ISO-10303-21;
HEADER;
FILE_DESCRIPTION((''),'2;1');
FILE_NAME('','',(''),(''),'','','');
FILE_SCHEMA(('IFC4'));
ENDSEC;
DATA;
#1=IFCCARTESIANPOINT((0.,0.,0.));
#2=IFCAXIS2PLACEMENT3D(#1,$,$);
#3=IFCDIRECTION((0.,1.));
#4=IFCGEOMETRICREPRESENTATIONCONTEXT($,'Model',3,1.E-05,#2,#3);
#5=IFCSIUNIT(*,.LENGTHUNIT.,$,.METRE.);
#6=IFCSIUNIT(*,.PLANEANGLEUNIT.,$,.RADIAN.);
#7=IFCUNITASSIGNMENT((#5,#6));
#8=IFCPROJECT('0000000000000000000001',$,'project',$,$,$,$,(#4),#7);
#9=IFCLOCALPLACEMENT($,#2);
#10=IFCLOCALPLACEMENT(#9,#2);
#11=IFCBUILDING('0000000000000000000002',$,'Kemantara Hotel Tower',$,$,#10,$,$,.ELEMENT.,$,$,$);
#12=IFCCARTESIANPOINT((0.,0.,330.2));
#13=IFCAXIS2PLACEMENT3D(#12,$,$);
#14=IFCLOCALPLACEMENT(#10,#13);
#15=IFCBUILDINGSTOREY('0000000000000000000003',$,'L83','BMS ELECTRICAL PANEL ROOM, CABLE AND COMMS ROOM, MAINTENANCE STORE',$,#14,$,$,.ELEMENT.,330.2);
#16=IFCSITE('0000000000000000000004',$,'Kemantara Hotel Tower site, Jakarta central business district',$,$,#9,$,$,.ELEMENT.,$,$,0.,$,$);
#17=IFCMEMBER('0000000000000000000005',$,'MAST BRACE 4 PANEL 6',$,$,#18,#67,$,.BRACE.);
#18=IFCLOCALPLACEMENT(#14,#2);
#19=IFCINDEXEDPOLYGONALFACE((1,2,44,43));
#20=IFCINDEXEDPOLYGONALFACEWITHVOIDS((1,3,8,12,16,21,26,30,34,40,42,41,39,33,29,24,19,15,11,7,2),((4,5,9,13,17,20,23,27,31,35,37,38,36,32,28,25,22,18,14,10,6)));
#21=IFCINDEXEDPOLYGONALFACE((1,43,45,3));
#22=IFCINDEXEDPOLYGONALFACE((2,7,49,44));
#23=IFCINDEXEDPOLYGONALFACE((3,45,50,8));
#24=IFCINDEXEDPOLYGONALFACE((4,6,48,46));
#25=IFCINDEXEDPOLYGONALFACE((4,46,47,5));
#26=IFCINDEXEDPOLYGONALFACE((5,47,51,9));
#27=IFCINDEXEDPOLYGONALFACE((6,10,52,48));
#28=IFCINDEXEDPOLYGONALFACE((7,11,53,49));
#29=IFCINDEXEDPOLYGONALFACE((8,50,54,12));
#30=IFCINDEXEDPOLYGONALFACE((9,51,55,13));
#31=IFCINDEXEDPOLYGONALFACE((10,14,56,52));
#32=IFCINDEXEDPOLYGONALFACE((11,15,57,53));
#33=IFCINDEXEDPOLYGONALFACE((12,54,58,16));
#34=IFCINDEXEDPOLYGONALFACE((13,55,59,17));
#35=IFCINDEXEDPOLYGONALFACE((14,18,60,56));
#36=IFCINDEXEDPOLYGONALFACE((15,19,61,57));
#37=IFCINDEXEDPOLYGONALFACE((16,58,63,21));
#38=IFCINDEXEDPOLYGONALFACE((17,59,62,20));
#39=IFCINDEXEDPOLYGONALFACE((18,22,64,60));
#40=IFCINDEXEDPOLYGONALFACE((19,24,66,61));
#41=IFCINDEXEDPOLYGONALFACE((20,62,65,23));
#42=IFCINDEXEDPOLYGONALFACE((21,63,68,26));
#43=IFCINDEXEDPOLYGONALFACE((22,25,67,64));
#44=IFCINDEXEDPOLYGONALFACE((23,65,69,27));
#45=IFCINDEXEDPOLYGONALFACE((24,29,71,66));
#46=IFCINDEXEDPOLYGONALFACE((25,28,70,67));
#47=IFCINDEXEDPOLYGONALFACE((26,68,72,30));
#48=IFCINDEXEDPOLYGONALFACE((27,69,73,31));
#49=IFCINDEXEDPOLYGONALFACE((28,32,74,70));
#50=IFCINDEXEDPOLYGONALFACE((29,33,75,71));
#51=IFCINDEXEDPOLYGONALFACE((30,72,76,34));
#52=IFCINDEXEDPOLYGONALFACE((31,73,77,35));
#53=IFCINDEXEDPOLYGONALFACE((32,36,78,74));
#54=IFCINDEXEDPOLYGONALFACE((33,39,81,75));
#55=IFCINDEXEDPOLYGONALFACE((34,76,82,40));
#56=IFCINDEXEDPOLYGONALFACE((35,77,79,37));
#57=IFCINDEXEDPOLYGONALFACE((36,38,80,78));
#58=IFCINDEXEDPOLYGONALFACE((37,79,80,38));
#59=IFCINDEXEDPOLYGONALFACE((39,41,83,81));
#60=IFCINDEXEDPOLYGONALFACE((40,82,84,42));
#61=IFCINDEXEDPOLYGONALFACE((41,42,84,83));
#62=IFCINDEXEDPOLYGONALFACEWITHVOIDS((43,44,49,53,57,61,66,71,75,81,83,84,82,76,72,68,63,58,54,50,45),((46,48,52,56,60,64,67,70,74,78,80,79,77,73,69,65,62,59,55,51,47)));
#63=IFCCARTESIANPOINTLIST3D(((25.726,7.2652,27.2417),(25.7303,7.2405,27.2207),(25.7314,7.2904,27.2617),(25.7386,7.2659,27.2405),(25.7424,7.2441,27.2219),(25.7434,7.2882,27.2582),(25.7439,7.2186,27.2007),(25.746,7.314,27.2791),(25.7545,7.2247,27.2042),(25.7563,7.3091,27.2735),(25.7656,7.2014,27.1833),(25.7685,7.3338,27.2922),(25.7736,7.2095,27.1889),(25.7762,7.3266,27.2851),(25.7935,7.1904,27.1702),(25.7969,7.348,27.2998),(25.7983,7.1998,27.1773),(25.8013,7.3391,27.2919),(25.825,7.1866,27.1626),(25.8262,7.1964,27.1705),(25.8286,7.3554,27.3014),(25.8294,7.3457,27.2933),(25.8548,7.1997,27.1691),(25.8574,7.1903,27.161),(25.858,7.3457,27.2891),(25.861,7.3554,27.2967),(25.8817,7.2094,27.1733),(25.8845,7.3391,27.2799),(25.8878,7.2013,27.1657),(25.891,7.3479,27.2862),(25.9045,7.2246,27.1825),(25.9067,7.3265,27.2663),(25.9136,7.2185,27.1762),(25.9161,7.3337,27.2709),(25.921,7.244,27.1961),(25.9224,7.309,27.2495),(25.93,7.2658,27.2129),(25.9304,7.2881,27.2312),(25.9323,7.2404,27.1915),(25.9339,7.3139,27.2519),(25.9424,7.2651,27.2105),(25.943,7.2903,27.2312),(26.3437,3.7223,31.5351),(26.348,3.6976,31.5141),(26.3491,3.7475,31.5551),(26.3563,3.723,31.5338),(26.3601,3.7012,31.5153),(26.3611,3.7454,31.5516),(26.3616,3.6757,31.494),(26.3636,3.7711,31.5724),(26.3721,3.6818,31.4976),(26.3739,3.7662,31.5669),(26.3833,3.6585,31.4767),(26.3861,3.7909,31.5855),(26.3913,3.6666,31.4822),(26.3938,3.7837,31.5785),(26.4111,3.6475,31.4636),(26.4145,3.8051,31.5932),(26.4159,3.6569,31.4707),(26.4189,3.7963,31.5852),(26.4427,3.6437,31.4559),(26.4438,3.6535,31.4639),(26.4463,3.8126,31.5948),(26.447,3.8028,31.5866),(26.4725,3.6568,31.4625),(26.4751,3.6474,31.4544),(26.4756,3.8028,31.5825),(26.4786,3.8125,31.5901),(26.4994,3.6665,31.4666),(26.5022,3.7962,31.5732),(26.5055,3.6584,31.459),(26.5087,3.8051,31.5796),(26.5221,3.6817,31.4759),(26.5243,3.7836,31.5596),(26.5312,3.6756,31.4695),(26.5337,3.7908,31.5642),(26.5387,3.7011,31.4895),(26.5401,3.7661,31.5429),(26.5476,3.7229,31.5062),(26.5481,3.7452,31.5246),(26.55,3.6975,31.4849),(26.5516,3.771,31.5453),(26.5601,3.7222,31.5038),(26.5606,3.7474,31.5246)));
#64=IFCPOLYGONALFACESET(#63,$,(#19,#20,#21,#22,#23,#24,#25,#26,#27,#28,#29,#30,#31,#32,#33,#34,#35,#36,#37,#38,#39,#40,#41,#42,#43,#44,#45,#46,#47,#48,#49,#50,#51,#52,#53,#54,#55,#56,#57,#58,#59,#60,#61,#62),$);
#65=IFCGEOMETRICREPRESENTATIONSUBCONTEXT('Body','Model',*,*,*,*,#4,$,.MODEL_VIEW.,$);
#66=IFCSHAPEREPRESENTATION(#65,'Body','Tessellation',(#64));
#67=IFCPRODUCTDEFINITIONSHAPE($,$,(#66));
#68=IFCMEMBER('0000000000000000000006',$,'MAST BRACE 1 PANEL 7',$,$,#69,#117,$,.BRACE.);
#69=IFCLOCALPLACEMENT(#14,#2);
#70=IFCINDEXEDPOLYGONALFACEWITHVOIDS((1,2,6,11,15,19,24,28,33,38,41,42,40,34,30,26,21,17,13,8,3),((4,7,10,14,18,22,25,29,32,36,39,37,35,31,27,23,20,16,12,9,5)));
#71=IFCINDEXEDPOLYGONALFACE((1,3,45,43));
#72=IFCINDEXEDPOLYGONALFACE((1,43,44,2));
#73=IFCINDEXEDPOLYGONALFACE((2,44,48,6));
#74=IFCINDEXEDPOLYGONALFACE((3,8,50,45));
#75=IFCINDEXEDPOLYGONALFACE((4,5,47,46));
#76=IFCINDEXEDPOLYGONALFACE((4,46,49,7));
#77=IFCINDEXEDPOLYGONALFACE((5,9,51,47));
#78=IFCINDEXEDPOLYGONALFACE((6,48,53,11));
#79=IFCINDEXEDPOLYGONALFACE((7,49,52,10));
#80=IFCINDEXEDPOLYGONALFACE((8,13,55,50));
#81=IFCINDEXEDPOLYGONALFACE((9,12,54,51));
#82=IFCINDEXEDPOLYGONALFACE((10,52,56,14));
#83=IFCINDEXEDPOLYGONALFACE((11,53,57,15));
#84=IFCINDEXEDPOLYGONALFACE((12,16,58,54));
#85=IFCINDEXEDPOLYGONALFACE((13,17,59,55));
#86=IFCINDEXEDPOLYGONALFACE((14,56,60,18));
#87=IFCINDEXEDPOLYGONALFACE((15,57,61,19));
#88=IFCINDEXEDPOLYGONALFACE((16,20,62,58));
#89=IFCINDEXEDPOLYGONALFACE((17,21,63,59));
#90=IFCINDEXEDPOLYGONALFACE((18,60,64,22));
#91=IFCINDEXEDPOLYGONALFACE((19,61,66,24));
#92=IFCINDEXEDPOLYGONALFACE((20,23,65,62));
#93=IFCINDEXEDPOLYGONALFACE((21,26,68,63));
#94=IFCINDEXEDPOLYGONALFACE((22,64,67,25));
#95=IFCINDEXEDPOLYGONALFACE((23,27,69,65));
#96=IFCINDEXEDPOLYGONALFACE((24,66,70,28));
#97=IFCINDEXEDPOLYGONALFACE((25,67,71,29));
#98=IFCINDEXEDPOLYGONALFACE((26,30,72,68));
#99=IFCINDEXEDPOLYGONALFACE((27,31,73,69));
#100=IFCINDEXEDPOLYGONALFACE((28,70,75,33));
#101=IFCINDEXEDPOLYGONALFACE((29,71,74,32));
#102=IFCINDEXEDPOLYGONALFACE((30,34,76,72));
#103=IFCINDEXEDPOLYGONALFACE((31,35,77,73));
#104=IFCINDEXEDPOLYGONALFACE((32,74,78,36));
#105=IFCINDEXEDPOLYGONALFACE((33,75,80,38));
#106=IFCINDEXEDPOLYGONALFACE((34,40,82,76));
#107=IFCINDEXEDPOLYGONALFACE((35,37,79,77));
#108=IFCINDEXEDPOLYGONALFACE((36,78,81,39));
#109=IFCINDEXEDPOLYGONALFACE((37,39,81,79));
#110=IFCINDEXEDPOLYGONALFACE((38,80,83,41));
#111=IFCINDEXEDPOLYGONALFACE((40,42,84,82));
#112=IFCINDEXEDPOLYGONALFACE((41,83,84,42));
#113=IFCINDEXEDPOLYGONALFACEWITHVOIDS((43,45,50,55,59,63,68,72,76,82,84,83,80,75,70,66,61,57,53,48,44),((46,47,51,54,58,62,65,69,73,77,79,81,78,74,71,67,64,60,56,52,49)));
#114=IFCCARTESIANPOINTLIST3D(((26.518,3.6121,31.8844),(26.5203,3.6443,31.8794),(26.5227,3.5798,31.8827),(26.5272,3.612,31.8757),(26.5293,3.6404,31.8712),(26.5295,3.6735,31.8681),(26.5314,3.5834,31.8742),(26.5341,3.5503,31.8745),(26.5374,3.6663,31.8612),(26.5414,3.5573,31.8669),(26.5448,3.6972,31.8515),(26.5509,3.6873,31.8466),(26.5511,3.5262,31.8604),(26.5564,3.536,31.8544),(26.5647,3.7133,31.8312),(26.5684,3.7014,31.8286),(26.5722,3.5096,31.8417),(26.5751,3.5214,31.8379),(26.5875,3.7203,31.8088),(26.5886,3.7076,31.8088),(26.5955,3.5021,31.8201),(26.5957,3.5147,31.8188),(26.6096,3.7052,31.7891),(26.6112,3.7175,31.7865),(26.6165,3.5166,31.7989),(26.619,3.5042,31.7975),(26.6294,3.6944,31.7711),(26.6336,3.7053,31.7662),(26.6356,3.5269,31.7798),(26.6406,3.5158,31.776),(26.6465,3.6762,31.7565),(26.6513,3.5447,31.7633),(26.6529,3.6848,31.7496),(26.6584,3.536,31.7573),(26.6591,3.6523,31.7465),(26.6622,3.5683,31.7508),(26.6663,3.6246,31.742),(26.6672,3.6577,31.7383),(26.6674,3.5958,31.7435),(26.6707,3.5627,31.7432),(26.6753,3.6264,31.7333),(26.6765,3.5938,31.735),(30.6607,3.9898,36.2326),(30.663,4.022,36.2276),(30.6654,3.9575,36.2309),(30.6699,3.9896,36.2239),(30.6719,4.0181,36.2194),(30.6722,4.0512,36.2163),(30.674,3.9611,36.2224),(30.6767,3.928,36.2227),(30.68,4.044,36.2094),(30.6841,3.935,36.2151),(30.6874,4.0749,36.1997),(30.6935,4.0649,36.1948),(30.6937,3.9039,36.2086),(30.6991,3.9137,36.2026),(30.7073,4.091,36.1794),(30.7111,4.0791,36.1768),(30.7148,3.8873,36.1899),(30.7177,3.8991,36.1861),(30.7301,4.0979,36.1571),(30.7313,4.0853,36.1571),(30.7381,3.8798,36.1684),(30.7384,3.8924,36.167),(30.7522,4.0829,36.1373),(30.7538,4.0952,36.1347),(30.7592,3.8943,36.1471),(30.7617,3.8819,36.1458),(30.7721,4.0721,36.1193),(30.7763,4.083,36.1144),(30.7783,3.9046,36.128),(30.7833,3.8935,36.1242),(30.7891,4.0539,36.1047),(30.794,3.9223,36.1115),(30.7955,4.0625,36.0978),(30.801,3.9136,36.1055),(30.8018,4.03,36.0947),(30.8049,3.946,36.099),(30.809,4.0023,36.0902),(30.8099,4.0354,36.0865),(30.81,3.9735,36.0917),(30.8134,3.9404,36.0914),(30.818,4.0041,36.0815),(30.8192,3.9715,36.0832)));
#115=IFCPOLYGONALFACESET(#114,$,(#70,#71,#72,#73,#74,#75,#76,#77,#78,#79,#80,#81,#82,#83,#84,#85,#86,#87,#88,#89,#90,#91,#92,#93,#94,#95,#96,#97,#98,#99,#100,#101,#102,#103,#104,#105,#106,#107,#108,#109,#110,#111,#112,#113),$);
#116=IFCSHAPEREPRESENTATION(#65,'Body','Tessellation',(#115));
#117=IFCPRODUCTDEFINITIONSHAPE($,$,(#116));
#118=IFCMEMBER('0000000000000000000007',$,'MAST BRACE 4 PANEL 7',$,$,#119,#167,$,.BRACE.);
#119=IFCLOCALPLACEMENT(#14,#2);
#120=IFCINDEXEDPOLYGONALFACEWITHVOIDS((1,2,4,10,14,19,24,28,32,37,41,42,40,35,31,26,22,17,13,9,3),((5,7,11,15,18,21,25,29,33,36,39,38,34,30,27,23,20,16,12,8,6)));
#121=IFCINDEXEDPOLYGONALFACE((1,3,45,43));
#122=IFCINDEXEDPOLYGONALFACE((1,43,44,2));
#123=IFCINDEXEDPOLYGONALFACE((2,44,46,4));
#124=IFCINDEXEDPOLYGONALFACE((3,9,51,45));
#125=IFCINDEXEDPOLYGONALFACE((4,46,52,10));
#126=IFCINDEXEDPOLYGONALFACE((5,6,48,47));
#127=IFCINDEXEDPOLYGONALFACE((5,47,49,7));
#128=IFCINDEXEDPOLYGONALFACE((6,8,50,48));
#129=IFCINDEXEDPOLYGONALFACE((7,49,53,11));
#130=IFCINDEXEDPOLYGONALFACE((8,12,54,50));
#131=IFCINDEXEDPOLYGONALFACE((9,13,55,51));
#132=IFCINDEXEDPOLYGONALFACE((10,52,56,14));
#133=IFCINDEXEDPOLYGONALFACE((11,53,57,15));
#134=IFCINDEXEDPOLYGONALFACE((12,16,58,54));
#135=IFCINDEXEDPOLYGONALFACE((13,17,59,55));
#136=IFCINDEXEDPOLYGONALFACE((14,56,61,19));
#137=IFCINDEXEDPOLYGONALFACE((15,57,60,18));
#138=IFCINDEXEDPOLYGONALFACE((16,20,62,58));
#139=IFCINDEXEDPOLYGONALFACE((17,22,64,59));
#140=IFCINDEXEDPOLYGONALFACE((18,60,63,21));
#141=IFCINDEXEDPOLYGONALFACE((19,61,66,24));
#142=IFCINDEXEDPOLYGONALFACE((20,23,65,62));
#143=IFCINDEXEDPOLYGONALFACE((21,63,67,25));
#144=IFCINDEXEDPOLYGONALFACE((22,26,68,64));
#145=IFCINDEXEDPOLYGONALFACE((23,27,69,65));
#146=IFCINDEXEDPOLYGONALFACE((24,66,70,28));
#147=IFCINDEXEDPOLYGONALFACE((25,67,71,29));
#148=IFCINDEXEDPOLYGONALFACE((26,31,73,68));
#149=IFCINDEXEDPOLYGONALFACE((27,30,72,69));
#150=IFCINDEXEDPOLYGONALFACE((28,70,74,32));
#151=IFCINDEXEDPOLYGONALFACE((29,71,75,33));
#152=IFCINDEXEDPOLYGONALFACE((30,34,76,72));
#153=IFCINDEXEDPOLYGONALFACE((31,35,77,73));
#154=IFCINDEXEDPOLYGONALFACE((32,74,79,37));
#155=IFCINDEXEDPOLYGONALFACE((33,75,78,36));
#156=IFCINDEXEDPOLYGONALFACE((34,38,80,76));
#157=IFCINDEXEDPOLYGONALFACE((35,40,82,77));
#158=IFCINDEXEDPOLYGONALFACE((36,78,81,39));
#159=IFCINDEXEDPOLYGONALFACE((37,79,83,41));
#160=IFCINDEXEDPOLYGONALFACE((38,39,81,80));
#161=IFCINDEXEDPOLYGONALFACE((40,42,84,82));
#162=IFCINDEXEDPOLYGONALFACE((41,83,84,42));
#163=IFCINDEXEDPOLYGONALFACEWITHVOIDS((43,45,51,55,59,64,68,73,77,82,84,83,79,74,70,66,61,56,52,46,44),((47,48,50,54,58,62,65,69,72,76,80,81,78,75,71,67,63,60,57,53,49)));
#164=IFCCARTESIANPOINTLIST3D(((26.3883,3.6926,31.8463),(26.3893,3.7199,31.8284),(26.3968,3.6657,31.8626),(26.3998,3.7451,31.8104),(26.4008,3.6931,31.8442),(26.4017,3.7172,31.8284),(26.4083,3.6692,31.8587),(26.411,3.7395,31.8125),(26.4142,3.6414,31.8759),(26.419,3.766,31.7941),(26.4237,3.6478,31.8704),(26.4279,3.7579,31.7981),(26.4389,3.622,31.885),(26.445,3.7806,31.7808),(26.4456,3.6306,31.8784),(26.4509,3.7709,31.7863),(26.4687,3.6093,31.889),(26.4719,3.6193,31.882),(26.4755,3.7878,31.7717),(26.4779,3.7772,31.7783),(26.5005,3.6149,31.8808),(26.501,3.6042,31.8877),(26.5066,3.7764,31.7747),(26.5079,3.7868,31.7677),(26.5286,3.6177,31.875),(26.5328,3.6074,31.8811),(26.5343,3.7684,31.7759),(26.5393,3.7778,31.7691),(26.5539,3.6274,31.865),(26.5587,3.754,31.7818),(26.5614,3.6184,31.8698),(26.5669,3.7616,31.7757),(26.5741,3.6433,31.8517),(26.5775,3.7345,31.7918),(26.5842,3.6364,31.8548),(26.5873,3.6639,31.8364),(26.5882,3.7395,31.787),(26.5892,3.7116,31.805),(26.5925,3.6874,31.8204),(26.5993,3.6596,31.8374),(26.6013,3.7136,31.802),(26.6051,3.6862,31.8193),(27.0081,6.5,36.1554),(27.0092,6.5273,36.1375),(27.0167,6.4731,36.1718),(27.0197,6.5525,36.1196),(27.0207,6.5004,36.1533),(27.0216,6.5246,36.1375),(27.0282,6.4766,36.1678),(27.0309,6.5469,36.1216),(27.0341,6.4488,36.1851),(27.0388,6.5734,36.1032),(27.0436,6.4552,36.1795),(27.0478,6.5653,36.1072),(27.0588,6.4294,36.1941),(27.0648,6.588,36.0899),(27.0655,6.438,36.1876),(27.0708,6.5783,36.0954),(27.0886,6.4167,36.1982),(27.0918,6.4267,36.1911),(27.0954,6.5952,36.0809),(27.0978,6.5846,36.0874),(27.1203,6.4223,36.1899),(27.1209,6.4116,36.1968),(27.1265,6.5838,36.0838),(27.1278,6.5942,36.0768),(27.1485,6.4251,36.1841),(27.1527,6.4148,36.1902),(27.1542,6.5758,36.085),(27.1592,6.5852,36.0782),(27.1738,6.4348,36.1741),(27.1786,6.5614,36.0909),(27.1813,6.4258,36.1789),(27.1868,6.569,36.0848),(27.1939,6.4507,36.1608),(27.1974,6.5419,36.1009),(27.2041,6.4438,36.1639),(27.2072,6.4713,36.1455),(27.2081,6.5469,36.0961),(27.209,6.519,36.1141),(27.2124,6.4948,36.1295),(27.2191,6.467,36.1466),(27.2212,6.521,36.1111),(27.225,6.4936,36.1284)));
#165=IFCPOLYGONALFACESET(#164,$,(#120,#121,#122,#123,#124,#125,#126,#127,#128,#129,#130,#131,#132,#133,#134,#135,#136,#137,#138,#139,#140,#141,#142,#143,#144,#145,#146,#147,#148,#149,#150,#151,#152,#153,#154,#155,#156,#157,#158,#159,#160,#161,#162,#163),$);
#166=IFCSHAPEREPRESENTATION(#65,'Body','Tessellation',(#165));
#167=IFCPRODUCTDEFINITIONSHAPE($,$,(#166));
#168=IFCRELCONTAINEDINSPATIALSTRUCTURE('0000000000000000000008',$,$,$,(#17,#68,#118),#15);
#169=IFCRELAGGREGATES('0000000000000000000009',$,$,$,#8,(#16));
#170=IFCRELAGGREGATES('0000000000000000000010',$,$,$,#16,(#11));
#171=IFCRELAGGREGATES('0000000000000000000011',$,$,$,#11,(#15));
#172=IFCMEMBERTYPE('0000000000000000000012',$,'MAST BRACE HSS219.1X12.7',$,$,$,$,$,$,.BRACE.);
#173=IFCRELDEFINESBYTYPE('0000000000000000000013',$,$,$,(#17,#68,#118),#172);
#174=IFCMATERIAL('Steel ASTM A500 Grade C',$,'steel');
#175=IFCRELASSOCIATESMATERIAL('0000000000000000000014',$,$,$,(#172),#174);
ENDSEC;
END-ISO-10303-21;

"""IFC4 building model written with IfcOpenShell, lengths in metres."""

from ifc_helpers import new_model, si_unit, direction, frame, origin, origin_2d, place, context, subcontext, project, spatial, hollow_circle, extrude, material, material_profile, profile_set, type_object, element, save


model = new_model("IFC4")

# Units and contexts
model_context = context("Model", 3, precision=1e-05, world=origin(), true_north=direction((0.0, 1.0)))
body_context = subcontext(model_context, "Body", "Model", "MODEL_VIEW")
ifc_project = project(units=[si_unit("LENGTHUNIT", "METRE"), si_unit("PLANEANGLEUNIT", "RADIAN")], contexts=[model_context])

# Site, building, storey
site_placement = place(None, origin())
site = spatial("IfcSite", under=ifc_project, at=site_placement, Name="Kemantara Hotel Tower site, Jakarta central business district", CompositionType="ELEMENT", RefElevation=0.0)
building_placement = place(site_placement, origin())
building = spatial("IfcBuilding", under=site, at=building_placement, Name="Kemantara Hotel Tower", CompositionType="ELEMENT")
storey_placement = place(building_placement, frame((0.0, 0.0, 330.2)))
storey = spatial("IfcBuildingStorey", under=building, at=storey_placement, Name="L83", Description="BMS ELECTRICAL PANEL ROOM, CABLE AND COMMS ROOM, MAINTENANCE STORE", CompositionType="ELEMENT", Elevation=330.2)

# Members
ifc_material_1 = material(Name="Steel ASTM A500 Grade C", Category="steel")
ifc_material_profile_1 = material_profile(ifc_material_1, hollow_circle(Radius=0.1096, WallThickness=0.0127, at=origin_2d()), Name="HSS219.1X12.7")
ifc_profile_set_1 = profile_set([ifc_material_profile_1], Name="Steel ASTM A500 Grade C")
member_type_1 = type_object("IfcMemberType", Name="MAST BRACE HSS219.1X12.7", PredefinedType="BRACE", material=ifc_profile_set_1)
member_1_placement = place(storey_placement, frame((25.835, 7.2715, 27.2312), z_axis=(0.110285, -0.632593, 0.766592), x_axis=(0.985141, 0.171748, 0.0)))
element("IfcMember", 1, at=member_1_placement, inside=storey, type_object=member_type_1, Name="MAST BRACE 4 PANEL 6", PredefinedType="BRACE", context=body_context, shape_type="SweptSolid", body=[
    extrude(hollow_circle(Radius=0.1096, WallThickness=0.0127, at=origin_2d()), origin(), (0.0, 0.0, 1.0), 5.6006),
])
member_2_placement = place(storey_placement, frame((26.5974, 3.6111, 31.8088), z_axis=(0.688425, 0.062765, 0.722587), x_axis=(-0.090795, 0.99587, 0.0)))
element("IfcMember", 2, at=member_2_placement, inside=storey, type_object=member_type_1, Name="MAST BRACE 1 PANEL 7", PredefinedType="BRACE", context=body_context, shape_type="SweptSolid", body=[
    extrude(hollow_circle(Radius=0.1096, WallThickness=0.0127, at=origin_2d()), origin(), (0.0, 0.0, 1.0), 6.0176),
])
member_3_placement = place(storey_placement, frame((26.4963, 3.6963, 31.8284), z_axis=(0.119664, 0.54195, 0.831848), x_axis=(-0.97648, 0.215609, 0.0)))
element("IfcMember", 3, at=member_3_placement, inside=storey, type_object=member_type_1, Name="MAST BRACE 4 PANEL 7", PredefinedType="BRACE", context=body_context, shape_type="SweptSolid", body=[
    extrude(hollow_circle(Radius=0.1096, WallThickness=0.0127, at=origin_2d()), origin(), (0.0, 0.0, 1.0), 5.1802),
])

save(model, "model.ifc")
